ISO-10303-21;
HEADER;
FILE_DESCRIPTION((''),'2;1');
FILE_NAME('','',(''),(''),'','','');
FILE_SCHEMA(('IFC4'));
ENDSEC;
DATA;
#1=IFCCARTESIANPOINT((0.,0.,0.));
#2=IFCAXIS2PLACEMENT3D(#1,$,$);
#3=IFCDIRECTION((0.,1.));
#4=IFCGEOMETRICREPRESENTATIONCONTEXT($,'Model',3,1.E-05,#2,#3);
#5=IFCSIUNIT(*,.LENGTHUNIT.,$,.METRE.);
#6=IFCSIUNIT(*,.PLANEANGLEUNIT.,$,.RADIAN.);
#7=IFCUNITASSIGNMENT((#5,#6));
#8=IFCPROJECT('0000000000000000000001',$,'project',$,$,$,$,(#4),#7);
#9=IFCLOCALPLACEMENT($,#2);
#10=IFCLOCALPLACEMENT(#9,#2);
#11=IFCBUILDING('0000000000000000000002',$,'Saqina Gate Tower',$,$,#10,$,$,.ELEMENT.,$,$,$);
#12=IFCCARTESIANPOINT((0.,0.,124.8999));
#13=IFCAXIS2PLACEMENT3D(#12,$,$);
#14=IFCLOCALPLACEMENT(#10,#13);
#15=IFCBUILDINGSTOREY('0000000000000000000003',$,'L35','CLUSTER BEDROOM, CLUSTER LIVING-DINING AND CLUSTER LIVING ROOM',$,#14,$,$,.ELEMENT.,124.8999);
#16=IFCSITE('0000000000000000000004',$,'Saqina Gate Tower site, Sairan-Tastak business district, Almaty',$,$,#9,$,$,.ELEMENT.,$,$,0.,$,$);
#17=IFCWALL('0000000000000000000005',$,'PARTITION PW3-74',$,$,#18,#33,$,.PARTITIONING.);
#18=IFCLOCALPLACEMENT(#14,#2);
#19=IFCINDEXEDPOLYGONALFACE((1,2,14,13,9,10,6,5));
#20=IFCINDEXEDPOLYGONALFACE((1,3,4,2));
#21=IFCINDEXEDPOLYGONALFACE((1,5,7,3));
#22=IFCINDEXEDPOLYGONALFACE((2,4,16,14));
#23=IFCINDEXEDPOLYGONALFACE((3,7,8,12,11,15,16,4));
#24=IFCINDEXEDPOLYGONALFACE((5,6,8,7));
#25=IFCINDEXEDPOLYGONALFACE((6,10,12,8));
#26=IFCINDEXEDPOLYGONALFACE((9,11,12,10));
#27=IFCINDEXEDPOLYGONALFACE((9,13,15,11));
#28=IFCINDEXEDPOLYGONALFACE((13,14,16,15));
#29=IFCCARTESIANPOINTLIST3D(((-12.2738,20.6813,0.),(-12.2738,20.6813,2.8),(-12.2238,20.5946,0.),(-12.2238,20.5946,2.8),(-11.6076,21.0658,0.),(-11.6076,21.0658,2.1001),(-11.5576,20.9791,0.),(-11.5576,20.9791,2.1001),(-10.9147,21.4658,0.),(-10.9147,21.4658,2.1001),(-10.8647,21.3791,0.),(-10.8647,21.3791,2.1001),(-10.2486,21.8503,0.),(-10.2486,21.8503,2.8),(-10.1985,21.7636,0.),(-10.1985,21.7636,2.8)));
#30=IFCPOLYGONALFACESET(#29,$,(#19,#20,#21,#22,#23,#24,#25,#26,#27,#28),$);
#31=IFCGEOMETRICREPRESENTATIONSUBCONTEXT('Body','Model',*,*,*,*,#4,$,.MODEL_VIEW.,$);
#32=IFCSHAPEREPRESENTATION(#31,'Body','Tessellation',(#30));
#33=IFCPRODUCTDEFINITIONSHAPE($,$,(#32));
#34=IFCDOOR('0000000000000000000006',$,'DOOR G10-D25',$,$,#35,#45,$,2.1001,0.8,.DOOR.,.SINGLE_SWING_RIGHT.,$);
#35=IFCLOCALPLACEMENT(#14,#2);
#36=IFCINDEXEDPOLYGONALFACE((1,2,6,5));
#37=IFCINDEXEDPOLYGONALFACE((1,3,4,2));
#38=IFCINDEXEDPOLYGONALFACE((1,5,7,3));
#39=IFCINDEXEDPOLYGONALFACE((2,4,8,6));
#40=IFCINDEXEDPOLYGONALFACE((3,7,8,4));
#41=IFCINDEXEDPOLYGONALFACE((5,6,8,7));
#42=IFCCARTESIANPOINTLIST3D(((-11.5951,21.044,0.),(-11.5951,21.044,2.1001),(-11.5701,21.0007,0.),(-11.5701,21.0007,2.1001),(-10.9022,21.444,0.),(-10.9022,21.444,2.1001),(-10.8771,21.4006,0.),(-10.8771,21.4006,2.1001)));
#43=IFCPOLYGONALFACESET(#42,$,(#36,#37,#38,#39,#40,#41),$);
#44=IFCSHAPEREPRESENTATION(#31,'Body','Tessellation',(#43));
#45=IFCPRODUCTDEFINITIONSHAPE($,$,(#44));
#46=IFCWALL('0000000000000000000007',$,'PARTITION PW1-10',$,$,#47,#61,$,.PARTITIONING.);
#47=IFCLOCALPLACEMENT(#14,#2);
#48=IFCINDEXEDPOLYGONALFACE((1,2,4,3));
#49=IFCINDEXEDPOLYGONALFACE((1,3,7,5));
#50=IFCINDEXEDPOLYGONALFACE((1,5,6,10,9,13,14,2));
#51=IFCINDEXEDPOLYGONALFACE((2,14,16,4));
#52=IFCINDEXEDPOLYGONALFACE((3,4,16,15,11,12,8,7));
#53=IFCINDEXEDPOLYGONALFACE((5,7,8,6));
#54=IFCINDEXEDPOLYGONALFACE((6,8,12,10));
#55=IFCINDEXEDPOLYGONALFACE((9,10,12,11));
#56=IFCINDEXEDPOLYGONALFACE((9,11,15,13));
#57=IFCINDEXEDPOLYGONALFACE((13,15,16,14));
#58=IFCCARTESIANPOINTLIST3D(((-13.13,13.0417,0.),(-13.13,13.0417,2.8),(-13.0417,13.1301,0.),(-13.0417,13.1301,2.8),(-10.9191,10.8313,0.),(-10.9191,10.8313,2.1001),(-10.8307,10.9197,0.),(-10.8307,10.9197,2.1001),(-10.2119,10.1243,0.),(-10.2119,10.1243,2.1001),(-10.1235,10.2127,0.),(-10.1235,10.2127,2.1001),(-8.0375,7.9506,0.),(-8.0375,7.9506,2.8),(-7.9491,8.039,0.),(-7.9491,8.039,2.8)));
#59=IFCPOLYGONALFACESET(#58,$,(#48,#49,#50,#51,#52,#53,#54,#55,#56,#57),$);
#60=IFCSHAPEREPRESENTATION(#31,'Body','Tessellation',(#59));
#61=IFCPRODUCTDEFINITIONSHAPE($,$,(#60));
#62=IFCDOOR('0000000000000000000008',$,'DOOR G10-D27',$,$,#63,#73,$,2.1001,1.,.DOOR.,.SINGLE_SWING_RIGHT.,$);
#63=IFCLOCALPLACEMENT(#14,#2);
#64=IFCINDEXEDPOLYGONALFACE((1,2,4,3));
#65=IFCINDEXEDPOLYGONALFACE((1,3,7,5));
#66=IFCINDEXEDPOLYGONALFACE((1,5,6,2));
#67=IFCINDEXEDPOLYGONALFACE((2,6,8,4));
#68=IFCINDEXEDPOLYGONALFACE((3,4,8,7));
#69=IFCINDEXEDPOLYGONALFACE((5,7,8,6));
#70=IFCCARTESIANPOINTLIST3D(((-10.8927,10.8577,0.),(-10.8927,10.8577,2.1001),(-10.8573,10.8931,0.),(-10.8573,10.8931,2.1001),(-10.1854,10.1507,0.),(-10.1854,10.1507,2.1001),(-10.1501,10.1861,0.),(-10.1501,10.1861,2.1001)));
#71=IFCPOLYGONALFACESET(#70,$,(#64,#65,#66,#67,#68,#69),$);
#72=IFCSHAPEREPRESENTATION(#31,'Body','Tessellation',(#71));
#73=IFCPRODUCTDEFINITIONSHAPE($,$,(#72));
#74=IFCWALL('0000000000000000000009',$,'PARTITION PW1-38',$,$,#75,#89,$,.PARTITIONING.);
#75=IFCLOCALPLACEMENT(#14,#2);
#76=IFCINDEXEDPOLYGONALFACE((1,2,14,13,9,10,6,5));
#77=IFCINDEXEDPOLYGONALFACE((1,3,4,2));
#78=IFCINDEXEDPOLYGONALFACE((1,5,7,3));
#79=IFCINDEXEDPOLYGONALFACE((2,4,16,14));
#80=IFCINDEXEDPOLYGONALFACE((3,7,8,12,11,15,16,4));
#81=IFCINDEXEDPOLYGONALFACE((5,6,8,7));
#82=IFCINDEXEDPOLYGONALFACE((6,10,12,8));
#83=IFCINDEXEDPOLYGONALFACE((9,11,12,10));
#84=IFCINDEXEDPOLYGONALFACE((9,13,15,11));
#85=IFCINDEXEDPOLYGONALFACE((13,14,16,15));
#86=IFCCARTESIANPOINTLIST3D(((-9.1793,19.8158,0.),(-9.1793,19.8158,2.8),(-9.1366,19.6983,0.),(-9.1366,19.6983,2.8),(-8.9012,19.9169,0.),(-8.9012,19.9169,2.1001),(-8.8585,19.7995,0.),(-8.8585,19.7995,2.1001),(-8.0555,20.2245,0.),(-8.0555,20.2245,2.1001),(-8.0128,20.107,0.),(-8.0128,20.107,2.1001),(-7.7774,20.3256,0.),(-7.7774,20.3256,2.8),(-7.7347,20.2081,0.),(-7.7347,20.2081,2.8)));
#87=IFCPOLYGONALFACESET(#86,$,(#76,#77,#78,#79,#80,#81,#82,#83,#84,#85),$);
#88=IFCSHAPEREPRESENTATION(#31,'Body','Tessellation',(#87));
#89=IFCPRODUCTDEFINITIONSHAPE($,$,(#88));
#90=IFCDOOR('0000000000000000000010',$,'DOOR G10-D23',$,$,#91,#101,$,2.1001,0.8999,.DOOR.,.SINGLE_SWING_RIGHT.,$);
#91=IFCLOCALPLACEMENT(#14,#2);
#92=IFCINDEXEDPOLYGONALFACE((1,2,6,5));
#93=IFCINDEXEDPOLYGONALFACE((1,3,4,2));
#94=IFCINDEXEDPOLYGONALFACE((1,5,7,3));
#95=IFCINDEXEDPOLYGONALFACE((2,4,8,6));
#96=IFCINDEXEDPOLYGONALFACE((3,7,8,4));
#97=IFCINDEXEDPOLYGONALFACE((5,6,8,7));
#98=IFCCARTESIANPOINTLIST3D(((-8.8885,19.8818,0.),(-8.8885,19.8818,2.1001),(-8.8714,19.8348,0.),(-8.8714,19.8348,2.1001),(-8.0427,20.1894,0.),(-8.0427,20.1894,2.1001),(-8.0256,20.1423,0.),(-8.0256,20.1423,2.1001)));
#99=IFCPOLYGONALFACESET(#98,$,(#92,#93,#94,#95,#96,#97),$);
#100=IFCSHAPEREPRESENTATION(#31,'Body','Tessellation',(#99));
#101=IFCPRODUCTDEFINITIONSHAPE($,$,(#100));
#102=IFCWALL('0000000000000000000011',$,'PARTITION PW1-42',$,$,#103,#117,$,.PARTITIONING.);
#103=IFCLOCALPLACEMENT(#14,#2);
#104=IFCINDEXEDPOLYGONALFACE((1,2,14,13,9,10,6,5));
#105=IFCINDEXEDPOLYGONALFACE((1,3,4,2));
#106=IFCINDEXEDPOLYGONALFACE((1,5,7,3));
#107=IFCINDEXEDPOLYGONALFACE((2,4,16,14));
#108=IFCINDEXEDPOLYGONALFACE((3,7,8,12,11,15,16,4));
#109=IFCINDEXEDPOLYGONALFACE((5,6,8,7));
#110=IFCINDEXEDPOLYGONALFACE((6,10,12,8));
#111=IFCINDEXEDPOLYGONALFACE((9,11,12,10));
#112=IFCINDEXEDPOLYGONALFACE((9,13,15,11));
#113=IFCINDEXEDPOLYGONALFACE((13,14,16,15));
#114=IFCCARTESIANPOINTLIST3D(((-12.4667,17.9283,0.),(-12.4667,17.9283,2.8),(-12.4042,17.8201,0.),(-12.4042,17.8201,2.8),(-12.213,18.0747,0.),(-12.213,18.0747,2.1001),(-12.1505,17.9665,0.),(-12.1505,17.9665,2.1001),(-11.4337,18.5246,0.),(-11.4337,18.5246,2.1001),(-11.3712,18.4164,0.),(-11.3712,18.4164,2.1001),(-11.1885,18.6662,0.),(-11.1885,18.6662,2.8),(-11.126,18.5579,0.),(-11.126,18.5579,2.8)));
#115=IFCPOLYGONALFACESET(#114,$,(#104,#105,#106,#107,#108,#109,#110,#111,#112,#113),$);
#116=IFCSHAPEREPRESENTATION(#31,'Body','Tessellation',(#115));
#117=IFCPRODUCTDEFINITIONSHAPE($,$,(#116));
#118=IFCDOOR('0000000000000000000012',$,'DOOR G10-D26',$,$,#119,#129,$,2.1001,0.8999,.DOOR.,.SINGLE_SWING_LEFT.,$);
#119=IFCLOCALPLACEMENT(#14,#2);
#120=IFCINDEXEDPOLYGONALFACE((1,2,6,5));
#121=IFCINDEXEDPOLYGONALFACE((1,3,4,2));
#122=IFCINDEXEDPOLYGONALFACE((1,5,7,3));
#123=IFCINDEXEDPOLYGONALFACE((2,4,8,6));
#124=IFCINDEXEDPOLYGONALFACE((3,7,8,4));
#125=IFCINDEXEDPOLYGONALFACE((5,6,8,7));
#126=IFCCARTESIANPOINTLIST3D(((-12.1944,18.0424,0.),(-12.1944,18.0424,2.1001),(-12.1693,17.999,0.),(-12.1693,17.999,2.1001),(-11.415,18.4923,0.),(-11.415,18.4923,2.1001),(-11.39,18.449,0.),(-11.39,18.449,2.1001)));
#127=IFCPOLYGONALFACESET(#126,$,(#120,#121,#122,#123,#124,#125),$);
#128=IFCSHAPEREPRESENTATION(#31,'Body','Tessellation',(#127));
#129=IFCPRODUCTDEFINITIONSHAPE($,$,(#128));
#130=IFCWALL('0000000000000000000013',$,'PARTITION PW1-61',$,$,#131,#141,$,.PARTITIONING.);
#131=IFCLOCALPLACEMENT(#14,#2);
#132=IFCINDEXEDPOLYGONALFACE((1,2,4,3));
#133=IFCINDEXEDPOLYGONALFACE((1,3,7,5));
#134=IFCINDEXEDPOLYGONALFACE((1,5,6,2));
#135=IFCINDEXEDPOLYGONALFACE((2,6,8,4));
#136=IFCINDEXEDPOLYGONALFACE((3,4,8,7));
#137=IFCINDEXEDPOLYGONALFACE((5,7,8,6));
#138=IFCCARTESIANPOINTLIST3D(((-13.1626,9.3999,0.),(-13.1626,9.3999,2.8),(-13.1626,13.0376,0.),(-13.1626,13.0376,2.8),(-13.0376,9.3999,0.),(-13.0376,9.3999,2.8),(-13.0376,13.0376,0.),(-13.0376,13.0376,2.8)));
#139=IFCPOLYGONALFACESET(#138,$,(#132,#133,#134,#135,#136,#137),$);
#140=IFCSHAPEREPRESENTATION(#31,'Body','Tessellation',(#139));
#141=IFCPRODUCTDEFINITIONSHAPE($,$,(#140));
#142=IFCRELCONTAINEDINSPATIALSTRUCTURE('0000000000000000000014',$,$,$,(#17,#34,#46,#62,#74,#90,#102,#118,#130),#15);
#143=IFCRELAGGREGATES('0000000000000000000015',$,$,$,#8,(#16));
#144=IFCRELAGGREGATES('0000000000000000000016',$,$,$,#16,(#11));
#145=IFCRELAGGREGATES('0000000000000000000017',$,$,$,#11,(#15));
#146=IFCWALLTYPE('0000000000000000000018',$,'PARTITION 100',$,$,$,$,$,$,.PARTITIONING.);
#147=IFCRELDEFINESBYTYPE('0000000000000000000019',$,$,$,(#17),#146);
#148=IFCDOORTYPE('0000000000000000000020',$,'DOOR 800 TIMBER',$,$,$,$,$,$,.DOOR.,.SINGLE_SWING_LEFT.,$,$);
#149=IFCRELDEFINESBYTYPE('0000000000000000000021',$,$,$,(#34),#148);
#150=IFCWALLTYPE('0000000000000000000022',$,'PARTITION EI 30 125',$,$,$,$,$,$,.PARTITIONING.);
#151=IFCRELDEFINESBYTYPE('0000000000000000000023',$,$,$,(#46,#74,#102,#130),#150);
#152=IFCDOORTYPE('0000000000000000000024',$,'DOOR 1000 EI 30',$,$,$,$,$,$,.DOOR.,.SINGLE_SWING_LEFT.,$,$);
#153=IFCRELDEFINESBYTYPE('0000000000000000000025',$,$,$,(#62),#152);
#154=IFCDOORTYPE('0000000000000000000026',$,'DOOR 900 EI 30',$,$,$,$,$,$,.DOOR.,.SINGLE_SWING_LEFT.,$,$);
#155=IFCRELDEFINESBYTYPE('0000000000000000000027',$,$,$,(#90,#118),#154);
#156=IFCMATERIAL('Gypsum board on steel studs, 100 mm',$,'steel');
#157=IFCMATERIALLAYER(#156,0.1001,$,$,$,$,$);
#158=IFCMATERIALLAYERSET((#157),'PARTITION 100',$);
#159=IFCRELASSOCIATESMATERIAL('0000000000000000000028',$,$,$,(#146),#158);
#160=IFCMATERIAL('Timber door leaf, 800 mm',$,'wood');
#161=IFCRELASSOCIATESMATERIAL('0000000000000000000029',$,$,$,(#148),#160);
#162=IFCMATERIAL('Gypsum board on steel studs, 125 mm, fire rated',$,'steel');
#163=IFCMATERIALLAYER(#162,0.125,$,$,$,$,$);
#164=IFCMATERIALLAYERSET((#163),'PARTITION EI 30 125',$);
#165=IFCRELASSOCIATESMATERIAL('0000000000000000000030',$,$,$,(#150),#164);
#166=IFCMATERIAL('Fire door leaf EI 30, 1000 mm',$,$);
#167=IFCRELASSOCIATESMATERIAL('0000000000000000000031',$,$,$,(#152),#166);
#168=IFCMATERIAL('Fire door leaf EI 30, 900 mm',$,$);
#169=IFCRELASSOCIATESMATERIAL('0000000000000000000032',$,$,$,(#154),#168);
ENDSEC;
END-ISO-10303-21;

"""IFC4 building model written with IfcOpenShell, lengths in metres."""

from ifc_helpers import new_model, si_unit, direction, frame, frame_2d, origin, place, context, subcontext, project, spatial, rectangle, extrude, material, layer, layer_set, type_object, element, fill, save


model = new_model("IFC4")

# Units and contexts
model_context = context("Model", 3, precision=1e-05, world=origin(), true_north=direction((0.0, 1.0)))
body_context = subcontext(model_context, "Body", "Model", "MODEL_VIEW")
ifc_project = project(units=[si_unit("LENGTHUNIT", "METRE"), si_unit("PLANEANGLEUNIT", "RADIAN")], contexts=[model_context])

# Site, building, storey
site_placement = place(None, origin())
site = spatial("IfcSite", under=ifc_project, at=site_placement, Name="Saqina Gate Tower site, Sairan-Tastak business district, Almaty", CompositionType="ELEMENT", RefElevation=0.0)
building_placement = place(site_placement, origin())
building = spatial("IfcBuilding", under=site, at=building_placement, Name="Saqina Gate Tower", CompositionType="ELEMENT")
storey_placement = place(building_placement, frame((0.0, 0.0, 124.8999)))
storey = spatial("IfcBuildingStorey", under=building, at=storey_placement, Name="L35", Description="CLUSTER BEDROOM, CLUSTER LIVING-DINING AND CLUSTER LIVING ROOM", CompositionType="ELEMENT", Elevation=124.8999)

# Shared definitions
ifc_material_1 = material(Name="Gypsum board on steel studs, 100 mm", Category="steel")
ifc_layer_1 = layer(ifc_material_1, 0.1001)
ifc_layer_set_1 = layer_set([ifc_layer_1], Name="PARTITION 100")
wall_type_1 = type_object("IfcWallType", Name="PARTITION 100", PredefinedType="PARTITIONING", material=ifc_layer_set_1)

# Shared definitions
ifc_material_2 = material(Name="Timber door leaf, 800 mm", Category="wood")
door_type_1 = type_object("IfcDoorType", Name="DOOR 800 TIMBER", OperationType="SINGLE_SWING_LEFT", PredefinedType="DOOR", material=ifc_material_2)

# Walls, openings, doors
wall_1_placement = place(storey_placement, frame((-12.2488, 20.6379, 0.0), z_axis=(0.0, 0.0, 1.0), x_axis=(0.866076, 0.499912, 0.0)))
wall_1 = element("IfcWall", 1, at=wall_1_placement, inside=storey, type_object=wall_type_1, Name="PARTITION PW3-74", PredefinedType="PARTITIONING", context=body_context, shape_type="SweptSolid", body=[
    extrude(rectangle(XDim=2.3384, YDim=0.1001, at=frame_2d((1.1692, 0.0))), origin(), (0.0, 0.0, 1.0), 2.8),
])
opening_1_placement = place(wall_1_placement, frame((0.7693, 0.0, 0.0)))
opening_1 = element("IfcOpeningElement", 2, at=opening_1_placement, cuts=wall_1, PredefinedType="OPENING", context=body_context, shape_type="SweptSolid", body=[
    extrude(rectangle(XDim=0.8, YDim=2.1001, at=frame_2d((0.3999, 1.05))), frame((0.0, 0.062, 0.0), z_axis=(0.0, -1.0, 0.0), x_axis=(1.0, 0.0, 0.0)), (0.0, 0.0, 1.0), 0.124),
])
door_1_placement = place(opening_1_placement, origin())
door_1 = element("IfcDoor", 3, at=door_1_placement, inside=storey, type_object=door_type_1, Name="DOOR G10-D25", OperationType="SINGLE_SWING_RIGHT", OverallHeight=2.1001, OverallWidth=0.8, PredefinedType="DOOR", context=body_context, shape_type="SweptSolid", body=[
    extrude(rectangle(XDim=0.8, YDim=2.1001, at=frame_2d((0.3999, 1.05))), frame((0.0, 0.0249, 0.0), z_axis=(0.0, -1.0, 0.0), x_axis=(1.0, 0.0, 0.0)), (0.0, 0.0, 1.0), 0.05),
])
fill(opening_1, door_1)
ifc_material_3 = material(Name="Gypsum board on steel studs, 125 mm, fire rated", Category="steel")
ifc_layer_2 = layer(ifc_material_3, 0.125)
ifc_layer_set_2 = layer_set([ifc_layer_2], Name="PARTITION EI 30 125")
wall_type_2 = type_object("IfcWallType", Name="PARTITION EI 30 125", PredefinedType="PARTITIONING", material=ifc_layer_set_2)
wall_2_placement = place(storey_placement, frame((-13.0859, 13.0859, 0.0), z_axis=(0.0, 0.0, 1.0), x_axis=(0.707208, -0.707005, 0.0)))
wall_2 = element("IfcWall", 4, at=wall_2_placement, inside=storey, type_object=wall_type_2, Name="PARTITION PW1-10", PredefinedType="PARTITIONING", context=body_context, shape_type="SweptSolid", body=[
    extrude(rectangle(XDim=7.2009, YDim=0.125, at=frame_2d((3.6006, 0.0))), origin(), (0.0, 0.0, 1.0), 2.8),
])
opening_2_placement = place(wall_2_placement, frame((3.1265, 0.0, 0.0)))
opening_2 = element("IfcOpeningElement", 5, at=opening_2_placement, cuts=wall_2, PredefinedType="OPENING", context=body_context, shape_type="SweptSolid", body=[
    extrude(rectangle(XDim=1.0, YDim=2.1001, at=frame_2d((0.5, 1.05))), frame((0.0, 0.0745, 0.0), z_axis=(0.0, -1.0, 0.0), x_axis=(1.0, 0.0, 0.0)), (0.0, 0.0, 1.0), 0.1489),
])
ifc_material_4 = material(Name="Fire door leaf EI 30, 1000 mm")
door_type_2 = type_object("IfcDoorType", Name="DOOR 1000 EI 30", OperationType="SINGLE_SWING_LEFT", PredefinedType="DOOR", material=ifc_material_4)
door_2_placement = place(opening_2_placement, origin())
door_2 = element("IfcDoor", 6, at=door_2_placement, inside=storey, type_object=door_type_2, Name="DOOR G10-D27", OperationType="SINGLE_SWING_RIGHT", OverallHeight=2.1001, OverallWidth=1.0, PredefinedType="DOOR", context=body_context, shape_type="SweptSolid", body=[
    extrude(rectangle(XDim=1.0, YDim=2.1001, at=frame_2d((0.5, 1.05))), frame((0.0, 0.0249, 0.0), z_axis=(0.0, -1.0, 0.0), x_axis=(1.0, 0.0, 0.0)), (0.0, 0.0, 1.0), 0.05),
])
fill(opening_2, door_2)
wall_3_placement = place(storey_placement, frame((-9.158, 19.7571, 0.0), z_axis=(0.0, 0.0, 1.0), x_axis=(0.939793, 0.341743, 0.0)))
wall_3 = element("IfcWall", 7, at=wall_3_placement, inside=storey, type_object=wall_type_2, Name="PARTITION PW1-38", PredefinedType="PARTITIONING", context=body_context, shape_type="SweptSolid", body=[
    extrude(rectangle(XDim=1.4917, YDim=0.125, at=frame_2d((0.7458, 0.0))), origin(), (0.0, 0.0, 1.0), 2.8),
])
opening_3_placement = place(wall_3_placement, frame((0.2959, 0.0, 0.0)))
opening_3 = element("IfcOpeningElement", 8, at=opening_3_placement, cuts=wall_3, PredefinedType="OPENING", context=body_context, shape_type="SweptSolid", body=[
    extrude(rectangle(XDim=0.8999, YDim=2.1001, at=frame_2d((0.45, 1.05))), frame((0.0, 0.0745, 0.0), z_axis=(0.0, -1.0, 0.0), x_axis=(1.0, 0.0, 0.0)), (0.0, 0.0, 1.0), 0.1489),
])
ifc_material_5 = material(Name="Fire door leaf EI 30, 900 mm")
door_type_3 = type_object("IfcDoorType", Name="DOOR 900 EI 30", OperationType="SINGLE_SWING_LEFT", PredefinedType="DOOR", material=ifc_material_5)
door_3_placement = place(opening_3_placement, frame((0.8999, 0.0, 0.0), z_axis=(0.0, 0.0, 1.0), x_axis=(-1.0, 0.0, 0.0)))
door_3 = element("IfcDoor", 9, at=door_3_placement, inside=storey, type_object=door_type_3, Name="DOOR G10-D23", OperationType="SINGLE_SWING_RIGHT", OverallHeight=2.1001, OverallWidth=0.8999, PredefinedType="DOOR", context=body_context, shape_type="SweptSolid", body=[
    extrude(rectangle(XDim=0.8999, YDim=2.1001, at=frame_2d((0.45, 1.05))), frame((0.0, 0.0249, 0.0), z_axis=(0.0, -1.0, 0.0), x_axis=(1.0, 0.0, 0.0)), (0.0, 0.0, 1.0), 0.05),
])
fill(opening_3, door_3)
wall_4_placement = place(storey_placement, frame((-12.4353, 17.8743, 0.0), z_axis=(0.0, 0.0, 1.0), x_axis=(0.866056, 0.499947, 0.0)))
wall_4 = element("IfcWall", 10, at=wall_4_placement, inside=storey, type_object=wall_type_2, Name="PARTITION PW1-42", PredefinedType="PARTITIONING", context=body_context, shape_type="SweptSolid", body=[
    extrude(rectangle(XDim=1.4758, YDim=0.125, at=frame_2d((0.7378, 0.0))), origin(), (0.0, 0.0, 1.0), 2.8),
])
opening_4_placement = place(wall_4_placement, frame((0.2927, 0.0, 0.0)))
opening_4 = element("IfcOpeningElement", 11, at=opening_4_placement, cuts=wall_4, PredefinedType="OPENING", context=body_context, shape_type="SweptSolid", body=[
    extrude(rectangle(XDim=0.8999, YDim=2.1001, at=frame_2d((0.45, 1.05))), frame((0.0, 0.0745, 0.0), z_axis=(0.0, -1.0, 0.0), x_axis=(1.0, 0.0, 0.0)), (0.0, 0.0, 1.0), 0.1489),
])
door_4_placement = place(opening_4_placement, frame((0.8999, 0.0, 0.0), z_axis=(0.0, 0.0, 1.0), x_axis=(-1.0, 0.0, 0.0)))
door_4 = element("IfcDoor", 12, at=door_4_placement, inside=storey, type_object=door_type_3, Name="DOOR G10-D26", OperationType="SINGLE_SWING_LEFT", OverallHeight=2.1001, OverallWidth=0.8999, PredefinedType="DOOR", context=body_context, shape_type="SweptSolid", body=[
    extrude(rectangle(XDim=0.8999, YDim=2.1001, at=frame_2d((0.45, 1.05))), frame((0.0, 0.0249, 0.0), z_axis=(0.0, -1.0, 0.0), x_axis=(1.0, 0.0, 0.0)), (0.0, 0.0, 1.0), 0.05),
])
fill(opening_4, door_4)

# Wall
wall_5_placement = place(storey_placement, frame((-13.1001, 9.3999, 0.0), z_axis=(0.0, 0.0, 1.0), x_axis=(0.0, 1.0, 0.0)))
element("IfcWall", 13, at=wall_5_placement, inside=storey, type_object=wall_type_2, Name="PARTITION PW1-61", PredefinedType="PARTITIONING", context=body_context, shape_type="SweptSolid", body=[
    extrude(rectangle(XDim=3.6377, YDim=0.125, at=frame_2d((1.8188, 0.0))), origin(), (0.0, 0.0, 1.0), 2.8),
])

save(model, "model.ifc")
